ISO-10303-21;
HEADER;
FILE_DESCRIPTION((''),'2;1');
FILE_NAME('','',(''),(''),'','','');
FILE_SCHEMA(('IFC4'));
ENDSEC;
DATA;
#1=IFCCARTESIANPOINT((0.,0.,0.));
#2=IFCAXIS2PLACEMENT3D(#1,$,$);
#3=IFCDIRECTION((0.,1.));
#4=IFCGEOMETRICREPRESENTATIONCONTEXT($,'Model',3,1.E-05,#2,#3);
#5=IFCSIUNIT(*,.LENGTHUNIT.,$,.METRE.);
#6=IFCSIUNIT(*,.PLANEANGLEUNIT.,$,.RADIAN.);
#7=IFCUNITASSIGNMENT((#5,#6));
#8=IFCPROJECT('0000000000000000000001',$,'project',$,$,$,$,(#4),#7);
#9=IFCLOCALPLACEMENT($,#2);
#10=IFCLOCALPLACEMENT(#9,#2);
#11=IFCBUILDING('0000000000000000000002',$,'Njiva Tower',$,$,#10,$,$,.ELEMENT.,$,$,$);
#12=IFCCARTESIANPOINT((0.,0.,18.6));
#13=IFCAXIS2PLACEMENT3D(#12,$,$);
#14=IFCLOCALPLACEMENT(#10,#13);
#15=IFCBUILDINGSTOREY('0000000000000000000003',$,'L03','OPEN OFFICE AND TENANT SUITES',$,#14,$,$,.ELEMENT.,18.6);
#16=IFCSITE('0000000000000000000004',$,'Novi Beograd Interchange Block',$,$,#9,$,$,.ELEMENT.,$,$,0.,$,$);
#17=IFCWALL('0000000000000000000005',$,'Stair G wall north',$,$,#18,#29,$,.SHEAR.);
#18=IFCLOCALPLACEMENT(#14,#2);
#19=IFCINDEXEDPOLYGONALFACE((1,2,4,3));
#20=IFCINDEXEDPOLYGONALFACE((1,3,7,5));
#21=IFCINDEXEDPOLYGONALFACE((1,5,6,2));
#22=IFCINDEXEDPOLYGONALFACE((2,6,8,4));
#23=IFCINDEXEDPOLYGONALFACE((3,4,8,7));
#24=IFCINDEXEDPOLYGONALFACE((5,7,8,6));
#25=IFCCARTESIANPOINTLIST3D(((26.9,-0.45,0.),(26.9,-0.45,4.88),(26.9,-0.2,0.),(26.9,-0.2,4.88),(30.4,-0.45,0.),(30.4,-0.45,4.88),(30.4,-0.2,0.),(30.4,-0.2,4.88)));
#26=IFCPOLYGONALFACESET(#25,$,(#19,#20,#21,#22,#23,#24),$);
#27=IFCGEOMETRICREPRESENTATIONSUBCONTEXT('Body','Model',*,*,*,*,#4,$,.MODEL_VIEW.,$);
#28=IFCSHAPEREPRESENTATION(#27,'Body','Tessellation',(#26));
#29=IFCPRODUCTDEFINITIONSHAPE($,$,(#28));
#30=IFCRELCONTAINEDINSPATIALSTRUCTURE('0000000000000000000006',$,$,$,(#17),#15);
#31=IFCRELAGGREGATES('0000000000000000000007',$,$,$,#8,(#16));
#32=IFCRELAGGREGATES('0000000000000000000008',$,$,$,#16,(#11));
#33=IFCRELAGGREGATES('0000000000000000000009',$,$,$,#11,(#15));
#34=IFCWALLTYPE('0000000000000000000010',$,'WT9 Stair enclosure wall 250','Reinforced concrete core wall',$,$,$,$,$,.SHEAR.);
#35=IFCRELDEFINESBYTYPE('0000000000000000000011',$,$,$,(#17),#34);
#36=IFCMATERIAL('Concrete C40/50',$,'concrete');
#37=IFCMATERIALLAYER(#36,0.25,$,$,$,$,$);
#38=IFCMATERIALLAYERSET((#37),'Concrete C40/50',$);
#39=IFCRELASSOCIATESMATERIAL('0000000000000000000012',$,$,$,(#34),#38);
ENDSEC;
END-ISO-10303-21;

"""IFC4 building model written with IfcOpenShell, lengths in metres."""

from ifc_helpers import new_model, si_unit, direction, frame, frame_2d, origin, place, context, subcontext, project, spatial, rectangle, extrude, material, layer, layer_set, type_object, element, save


model = new_model("IFC4")

# Units and contexts
model_context = context("Model", 3, precision=1e-05, world=origin(), true_north=direction((0.0, 1.0)))
body_context = subcontext(model_context, "Body", "Model", "MODEL_VIEW")
ifc_project = project(units=[si_unit("LENGTHUNIT", "METRE"), si_unit("PLANEANGLEUNIT", "RADIAN")], contexts=[model_context])

# Site, building, storey
site_placement = place(None, origin())
site = spatial("IfcSite", under=ifc_project, at=site_placement, Name="Novi Beograd Interchange Block", CompositionType="ELEMENT", RefElevation=0.0)
building_placement = place(site_placement, origin())
building = spatial("IfcBuilding", under=site, at=building_placement, Name="Njiva Tower", CompositionType="ELEMENT")
storey_placement = place(building_placement, frame((0.0, 0.0, 18.6)))
storey = spatial("IfcBuildingStorey", under=building, at=storey_placement, Name="L03", Description="OPEN OFFICE AND TENANT SUITES", CompositionType="ELEMENT", Elevation=18.6)

# Wall
ifc_material_1 = material(Name="Concrete C40/50", Category="concrete")
ifc_layer_1 = layer(ifc_material_1, 0.25)
ifc_layer_set_1 = layer_set([ifc_layer_1], Name="Concrete C40/50")
wall_type_1 = type_object("IfcWallType", Name="WT9 Stair enclosure wall 250", Description="Reinforced concrete core wall", PredefinedType="SHEAR", material=ifc_layer_set_1)
wall_1_placement = place(storey_placement, frame((26.9, -0.325, 0.0), z_axis=(0.0, 0.0, 1.0), x_axis=(1.0, 0.0, 0.0)))
element("IfcWall", 1, at=wall_1_placement, inside=storey, type_object=wall_type_1, Name="Stair G wall north", PredefinedType="SHEAR", context=body_context, shape_type="SweptSolid", body=[
    extrude(rectangle(XDim=3.5, YDim=0.25, at=frame_2d((1.75, 0.0))), origin(), (0.0, 0.0, 1.0), 4.88),
])

save(model, "model.ifc")
